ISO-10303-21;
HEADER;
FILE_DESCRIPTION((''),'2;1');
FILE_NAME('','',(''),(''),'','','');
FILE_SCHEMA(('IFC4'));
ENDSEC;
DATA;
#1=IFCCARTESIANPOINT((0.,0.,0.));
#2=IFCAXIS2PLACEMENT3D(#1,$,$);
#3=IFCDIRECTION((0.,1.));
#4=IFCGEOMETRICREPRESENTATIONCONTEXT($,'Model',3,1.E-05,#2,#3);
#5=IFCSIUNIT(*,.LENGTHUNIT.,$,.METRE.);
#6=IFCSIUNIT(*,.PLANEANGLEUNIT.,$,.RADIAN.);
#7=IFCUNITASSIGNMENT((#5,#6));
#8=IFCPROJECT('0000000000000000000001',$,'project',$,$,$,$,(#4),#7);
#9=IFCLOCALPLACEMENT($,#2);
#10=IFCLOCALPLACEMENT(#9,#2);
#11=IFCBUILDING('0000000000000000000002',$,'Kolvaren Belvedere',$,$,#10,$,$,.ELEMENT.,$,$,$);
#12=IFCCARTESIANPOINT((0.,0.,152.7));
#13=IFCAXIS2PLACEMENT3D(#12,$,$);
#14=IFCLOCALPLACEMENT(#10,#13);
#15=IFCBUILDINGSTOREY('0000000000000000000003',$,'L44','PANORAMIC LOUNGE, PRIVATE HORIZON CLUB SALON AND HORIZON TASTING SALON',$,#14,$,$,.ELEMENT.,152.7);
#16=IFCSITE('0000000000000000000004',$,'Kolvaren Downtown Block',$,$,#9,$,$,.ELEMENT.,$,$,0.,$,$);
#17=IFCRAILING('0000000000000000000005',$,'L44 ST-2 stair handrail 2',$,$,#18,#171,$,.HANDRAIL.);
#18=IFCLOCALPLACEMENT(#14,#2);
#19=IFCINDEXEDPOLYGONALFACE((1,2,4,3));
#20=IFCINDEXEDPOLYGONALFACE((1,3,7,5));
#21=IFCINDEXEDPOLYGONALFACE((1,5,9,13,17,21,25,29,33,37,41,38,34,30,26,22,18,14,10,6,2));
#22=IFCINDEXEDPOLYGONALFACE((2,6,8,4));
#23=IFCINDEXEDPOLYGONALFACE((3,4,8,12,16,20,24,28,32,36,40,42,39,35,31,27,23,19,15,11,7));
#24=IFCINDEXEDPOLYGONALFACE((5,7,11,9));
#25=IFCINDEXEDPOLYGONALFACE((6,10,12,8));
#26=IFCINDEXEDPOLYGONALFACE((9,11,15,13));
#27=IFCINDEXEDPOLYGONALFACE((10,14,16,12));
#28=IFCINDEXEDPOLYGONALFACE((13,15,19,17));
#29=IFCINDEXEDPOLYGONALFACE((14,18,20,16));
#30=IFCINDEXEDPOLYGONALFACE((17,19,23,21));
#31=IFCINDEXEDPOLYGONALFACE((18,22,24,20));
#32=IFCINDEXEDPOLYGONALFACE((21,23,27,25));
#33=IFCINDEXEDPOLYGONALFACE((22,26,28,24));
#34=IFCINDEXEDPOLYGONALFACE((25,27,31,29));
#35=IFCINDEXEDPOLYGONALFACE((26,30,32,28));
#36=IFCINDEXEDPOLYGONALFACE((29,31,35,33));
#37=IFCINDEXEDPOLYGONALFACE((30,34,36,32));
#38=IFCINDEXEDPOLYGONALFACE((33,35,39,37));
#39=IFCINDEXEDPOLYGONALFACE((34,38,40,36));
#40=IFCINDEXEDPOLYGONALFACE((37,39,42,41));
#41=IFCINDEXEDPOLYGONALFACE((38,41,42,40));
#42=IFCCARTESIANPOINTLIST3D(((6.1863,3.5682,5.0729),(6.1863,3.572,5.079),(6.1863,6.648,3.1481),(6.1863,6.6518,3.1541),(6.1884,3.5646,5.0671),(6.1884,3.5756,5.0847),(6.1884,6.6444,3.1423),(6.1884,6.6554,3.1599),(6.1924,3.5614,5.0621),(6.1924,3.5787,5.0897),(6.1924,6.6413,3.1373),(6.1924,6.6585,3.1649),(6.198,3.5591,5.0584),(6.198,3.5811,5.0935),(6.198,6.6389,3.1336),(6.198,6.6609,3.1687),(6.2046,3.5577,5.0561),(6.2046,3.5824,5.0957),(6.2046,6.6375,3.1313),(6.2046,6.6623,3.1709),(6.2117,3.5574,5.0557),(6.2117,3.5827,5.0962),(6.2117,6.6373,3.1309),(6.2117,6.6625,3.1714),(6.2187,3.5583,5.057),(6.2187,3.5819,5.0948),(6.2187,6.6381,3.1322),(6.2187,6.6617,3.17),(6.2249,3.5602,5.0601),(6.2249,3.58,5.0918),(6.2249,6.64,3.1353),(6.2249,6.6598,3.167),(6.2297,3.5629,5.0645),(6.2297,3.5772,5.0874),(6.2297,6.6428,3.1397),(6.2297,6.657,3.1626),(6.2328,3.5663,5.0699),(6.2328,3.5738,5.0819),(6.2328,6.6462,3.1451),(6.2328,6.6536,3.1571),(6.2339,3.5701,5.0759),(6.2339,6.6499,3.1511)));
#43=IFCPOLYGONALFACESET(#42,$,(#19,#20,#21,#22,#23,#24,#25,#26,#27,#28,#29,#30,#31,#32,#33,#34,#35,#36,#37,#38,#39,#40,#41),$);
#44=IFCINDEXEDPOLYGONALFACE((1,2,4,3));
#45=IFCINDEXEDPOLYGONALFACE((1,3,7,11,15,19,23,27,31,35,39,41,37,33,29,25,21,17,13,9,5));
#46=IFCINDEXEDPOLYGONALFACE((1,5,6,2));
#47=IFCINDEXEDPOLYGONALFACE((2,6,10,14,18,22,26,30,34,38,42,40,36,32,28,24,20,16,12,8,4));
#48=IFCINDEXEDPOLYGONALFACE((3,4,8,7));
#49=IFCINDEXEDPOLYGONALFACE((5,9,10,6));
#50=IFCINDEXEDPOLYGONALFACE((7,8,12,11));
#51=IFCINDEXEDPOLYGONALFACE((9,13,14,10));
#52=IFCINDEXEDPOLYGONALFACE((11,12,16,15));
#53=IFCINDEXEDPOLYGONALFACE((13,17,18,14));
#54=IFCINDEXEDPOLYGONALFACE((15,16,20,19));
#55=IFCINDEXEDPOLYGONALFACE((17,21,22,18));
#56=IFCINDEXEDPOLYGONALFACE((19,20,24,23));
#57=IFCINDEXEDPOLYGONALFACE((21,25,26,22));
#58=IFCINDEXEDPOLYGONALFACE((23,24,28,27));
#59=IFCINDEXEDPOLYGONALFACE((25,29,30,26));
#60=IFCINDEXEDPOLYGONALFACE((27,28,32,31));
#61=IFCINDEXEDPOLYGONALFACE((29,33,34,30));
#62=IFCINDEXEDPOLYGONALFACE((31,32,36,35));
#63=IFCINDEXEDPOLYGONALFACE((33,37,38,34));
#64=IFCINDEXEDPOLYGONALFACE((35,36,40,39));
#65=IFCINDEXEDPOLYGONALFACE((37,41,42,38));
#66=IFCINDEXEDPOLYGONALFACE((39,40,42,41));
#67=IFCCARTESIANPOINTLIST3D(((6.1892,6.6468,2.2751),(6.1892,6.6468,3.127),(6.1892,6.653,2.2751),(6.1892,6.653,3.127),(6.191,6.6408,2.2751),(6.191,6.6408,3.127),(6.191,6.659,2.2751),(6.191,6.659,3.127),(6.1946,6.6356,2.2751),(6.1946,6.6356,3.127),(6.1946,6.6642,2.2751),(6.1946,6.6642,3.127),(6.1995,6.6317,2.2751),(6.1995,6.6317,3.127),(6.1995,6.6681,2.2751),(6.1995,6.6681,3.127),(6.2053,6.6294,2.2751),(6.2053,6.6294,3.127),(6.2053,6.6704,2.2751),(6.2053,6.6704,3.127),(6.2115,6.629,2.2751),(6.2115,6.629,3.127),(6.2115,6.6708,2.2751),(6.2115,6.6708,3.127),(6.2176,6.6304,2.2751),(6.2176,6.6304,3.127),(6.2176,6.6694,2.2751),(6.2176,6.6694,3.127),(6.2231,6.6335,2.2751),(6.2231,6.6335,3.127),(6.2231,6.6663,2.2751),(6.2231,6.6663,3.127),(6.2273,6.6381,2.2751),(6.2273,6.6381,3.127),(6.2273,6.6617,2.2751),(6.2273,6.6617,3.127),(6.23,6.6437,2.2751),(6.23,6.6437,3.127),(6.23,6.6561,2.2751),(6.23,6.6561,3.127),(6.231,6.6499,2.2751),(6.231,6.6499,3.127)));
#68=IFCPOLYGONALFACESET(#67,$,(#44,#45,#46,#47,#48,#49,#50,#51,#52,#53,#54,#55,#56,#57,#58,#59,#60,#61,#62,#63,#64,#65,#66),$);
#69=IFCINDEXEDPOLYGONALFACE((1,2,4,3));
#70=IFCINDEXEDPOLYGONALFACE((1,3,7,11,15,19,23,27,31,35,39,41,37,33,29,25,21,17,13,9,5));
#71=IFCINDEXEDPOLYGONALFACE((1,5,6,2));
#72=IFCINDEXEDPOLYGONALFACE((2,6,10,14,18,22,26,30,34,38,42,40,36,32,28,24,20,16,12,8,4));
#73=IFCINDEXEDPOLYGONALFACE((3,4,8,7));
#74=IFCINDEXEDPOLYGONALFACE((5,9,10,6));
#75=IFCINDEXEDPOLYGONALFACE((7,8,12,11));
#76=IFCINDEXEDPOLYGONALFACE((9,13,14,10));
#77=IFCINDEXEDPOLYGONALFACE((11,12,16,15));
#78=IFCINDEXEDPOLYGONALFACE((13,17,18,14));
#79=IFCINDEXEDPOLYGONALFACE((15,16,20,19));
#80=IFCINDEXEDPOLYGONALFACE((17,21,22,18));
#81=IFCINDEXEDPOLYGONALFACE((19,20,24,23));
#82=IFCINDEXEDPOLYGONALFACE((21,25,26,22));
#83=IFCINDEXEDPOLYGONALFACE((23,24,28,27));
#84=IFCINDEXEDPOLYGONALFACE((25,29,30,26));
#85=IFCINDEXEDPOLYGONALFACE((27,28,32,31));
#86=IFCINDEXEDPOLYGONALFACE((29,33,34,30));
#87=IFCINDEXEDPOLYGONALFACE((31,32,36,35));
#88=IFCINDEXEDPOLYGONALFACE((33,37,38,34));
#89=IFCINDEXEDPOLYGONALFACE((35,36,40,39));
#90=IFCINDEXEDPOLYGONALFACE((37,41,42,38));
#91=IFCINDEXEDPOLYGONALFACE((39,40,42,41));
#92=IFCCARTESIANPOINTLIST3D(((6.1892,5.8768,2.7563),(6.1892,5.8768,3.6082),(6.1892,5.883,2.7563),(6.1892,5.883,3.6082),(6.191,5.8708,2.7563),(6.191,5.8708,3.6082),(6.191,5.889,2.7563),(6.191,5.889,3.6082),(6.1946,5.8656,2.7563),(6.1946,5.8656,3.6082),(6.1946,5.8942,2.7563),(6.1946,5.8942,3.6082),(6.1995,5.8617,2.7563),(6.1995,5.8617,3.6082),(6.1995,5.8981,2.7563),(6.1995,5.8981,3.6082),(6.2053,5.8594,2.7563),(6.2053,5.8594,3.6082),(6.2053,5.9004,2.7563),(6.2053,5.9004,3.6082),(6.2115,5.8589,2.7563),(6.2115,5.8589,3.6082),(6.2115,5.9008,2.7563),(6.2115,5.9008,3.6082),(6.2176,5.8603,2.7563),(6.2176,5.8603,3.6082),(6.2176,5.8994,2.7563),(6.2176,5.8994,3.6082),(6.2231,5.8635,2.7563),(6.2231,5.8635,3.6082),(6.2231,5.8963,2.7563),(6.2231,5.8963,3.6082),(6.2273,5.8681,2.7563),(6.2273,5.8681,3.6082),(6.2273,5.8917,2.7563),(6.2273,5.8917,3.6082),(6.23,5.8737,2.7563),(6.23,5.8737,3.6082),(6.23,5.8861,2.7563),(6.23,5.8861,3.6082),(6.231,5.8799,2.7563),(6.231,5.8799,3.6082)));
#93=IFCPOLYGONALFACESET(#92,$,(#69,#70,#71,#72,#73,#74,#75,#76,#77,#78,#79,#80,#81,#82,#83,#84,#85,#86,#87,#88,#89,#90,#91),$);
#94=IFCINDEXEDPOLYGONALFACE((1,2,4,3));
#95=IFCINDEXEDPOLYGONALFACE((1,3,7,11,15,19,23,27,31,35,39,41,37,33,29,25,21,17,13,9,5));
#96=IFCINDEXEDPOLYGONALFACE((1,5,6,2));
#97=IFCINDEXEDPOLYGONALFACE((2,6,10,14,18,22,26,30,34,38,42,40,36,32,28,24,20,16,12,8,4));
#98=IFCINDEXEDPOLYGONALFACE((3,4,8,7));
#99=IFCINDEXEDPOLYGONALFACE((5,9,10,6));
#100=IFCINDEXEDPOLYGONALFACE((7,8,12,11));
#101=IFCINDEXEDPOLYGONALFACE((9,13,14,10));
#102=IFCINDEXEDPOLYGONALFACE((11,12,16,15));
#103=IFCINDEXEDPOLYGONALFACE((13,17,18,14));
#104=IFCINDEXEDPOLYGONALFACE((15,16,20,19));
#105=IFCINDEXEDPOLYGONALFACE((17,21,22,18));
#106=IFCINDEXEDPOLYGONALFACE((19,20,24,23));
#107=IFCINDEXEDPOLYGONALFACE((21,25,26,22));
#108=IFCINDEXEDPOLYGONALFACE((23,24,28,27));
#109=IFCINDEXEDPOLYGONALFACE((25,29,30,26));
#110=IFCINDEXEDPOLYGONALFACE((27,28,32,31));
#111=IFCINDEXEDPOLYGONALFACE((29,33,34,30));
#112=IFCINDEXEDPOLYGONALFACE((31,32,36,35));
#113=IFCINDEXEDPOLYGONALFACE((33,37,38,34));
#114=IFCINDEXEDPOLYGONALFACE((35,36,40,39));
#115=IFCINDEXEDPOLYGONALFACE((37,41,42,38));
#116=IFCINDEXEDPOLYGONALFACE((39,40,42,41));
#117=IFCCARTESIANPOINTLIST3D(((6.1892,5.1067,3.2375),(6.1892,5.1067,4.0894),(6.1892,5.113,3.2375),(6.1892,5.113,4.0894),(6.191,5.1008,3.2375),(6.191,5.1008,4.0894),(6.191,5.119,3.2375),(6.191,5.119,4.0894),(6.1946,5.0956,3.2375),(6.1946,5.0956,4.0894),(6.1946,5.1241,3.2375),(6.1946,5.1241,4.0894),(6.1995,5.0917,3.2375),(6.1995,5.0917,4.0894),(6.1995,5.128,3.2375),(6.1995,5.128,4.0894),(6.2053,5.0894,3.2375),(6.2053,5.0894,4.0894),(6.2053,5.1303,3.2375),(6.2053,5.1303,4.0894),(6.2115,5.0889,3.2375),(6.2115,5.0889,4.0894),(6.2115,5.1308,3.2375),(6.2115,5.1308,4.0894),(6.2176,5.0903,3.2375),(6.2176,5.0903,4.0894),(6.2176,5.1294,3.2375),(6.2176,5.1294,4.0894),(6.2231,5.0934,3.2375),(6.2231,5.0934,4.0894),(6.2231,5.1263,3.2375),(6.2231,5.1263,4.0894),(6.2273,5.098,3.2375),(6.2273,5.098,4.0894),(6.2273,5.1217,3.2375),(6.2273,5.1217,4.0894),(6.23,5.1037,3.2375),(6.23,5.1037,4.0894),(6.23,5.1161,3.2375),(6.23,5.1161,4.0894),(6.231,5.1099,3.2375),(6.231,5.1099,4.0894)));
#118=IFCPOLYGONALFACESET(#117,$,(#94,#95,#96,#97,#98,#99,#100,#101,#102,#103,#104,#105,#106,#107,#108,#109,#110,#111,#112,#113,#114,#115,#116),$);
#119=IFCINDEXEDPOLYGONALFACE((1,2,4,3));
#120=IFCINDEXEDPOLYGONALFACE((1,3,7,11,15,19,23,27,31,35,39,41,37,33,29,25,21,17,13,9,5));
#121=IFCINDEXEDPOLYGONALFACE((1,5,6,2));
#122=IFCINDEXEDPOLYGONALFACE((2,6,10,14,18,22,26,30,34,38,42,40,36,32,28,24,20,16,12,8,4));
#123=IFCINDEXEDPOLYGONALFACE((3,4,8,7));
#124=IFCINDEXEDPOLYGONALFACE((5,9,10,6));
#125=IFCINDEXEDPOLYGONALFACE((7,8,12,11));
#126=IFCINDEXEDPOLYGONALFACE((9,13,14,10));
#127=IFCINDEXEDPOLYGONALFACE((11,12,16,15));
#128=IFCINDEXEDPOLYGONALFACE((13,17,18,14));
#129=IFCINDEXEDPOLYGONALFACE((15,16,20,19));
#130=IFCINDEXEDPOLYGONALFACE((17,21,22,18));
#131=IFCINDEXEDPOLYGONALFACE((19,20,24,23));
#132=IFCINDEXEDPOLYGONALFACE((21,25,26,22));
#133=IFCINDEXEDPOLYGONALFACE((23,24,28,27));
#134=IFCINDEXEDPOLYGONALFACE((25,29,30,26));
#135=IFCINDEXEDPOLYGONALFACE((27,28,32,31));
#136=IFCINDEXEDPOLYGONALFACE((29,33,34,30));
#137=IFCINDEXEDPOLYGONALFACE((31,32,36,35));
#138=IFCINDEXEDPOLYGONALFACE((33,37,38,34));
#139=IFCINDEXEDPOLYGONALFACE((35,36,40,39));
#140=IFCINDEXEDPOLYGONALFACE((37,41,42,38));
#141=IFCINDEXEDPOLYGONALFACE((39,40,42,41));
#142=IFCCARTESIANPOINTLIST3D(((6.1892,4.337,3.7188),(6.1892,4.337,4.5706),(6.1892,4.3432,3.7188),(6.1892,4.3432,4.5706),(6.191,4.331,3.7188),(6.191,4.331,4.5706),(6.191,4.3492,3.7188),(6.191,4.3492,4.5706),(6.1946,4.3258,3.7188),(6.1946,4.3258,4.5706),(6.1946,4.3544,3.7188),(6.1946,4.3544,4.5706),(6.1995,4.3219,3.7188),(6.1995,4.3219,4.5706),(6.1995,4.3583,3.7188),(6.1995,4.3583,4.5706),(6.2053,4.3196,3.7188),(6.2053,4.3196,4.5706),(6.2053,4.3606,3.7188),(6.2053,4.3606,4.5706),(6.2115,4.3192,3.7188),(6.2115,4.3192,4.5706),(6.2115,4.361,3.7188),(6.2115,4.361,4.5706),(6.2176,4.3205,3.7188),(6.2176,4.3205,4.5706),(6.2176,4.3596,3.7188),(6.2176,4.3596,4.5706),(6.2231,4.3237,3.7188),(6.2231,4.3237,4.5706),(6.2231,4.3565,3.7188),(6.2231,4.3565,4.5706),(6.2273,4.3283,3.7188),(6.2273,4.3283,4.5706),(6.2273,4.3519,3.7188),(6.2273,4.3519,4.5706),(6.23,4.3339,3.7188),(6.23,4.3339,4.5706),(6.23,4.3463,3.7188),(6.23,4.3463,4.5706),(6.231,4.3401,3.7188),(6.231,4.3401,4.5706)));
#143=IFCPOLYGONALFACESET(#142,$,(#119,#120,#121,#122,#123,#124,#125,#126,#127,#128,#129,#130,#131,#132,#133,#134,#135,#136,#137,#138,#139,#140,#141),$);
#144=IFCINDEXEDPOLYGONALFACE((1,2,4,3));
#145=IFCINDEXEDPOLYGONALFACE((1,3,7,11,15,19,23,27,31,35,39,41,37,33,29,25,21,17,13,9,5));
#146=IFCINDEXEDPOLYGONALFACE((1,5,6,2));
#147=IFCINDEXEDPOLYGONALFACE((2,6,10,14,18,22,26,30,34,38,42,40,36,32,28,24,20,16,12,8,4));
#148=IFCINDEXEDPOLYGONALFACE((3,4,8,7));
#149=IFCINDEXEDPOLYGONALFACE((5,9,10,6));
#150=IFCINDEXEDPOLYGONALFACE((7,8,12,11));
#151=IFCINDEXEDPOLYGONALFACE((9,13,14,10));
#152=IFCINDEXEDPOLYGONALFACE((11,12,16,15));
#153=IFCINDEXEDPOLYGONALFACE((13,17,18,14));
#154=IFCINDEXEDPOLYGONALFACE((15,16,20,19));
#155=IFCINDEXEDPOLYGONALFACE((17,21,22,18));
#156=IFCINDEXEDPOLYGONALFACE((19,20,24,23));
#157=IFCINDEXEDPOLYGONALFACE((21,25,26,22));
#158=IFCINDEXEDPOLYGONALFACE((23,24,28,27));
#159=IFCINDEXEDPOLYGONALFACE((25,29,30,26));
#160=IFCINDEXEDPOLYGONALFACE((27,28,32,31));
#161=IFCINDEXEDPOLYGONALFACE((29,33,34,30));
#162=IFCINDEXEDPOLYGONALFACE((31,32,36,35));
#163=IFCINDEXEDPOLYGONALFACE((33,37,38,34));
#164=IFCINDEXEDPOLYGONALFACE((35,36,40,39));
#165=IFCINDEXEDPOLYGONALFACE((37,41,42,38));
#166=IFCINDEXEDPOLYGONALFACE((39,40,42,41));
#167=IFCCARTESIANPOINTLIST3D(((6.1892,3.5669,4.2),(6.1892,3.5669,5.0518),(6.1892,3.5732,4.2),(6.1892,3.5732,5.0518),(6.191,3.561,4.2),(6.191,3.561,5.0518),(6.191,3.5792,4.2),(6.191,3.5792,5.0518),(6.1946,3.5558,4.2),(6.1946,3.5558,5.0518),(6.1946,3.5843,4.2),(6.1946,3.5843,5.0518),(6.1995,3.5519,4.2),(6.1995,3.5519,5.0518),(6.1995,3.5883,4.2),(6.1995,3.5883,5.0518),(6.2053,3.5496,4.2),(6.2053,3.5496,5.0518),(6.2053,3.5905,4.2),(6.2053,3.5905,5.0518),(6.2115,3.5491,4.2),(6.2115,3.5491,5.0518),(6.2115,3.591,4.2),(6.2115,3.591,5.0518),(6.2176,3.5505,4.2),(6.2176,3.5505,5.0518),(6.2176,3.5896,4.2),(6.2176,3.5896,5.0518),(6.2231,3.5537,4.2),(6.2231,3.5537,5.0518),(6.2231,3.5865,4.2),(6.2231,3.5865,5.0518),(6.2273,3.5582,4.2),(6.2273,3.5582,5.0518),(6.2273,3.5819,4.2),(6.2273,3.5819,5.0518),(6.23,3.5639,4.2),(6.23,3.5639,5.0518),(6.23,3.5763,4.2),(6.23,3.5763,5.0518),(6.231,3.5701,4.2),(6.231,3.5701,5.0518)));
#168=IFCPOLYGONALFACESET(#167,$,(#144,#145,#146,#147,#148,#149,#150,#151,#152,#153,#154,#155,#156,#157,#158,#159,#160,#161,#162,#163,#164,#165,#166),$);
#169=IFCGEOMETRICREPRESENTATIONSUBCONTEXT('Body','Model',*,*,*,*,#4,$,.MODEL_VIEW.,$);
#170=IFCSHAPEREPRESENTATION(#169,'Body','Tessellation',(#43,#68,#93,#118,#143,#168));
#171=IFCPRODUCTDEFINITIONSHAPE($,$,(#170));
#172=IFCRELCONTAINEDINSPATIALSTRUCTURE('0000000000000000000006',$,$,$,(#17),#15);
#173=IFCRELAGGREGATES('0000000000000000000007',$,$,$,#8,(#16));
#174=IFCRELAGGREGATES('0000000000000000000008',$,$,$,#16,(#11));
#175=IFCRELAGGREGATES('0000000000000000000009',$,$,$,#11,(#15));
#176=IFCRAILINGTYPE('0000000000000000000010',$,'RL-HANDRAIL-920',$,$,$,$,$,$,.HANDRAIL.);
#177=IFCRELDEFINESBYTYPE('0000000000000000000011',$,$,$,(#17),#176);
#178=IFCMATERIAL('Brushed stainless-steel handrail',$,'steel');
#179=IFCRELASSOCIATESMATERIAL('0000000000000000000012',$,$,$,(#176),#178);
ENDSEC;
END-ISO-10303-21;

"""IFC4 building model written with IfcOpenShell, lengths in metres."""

from ifc_helpers import new_model, si_unit, direction, frame, origin, origin_2d, place, context, subcontext, project, spatial, circle, extrude, material, type_object, element, save


model = new_model("IFC4")

# Units and contexts
model_context = context("Model", 3, precision=1e-05, world=origin(), true_north=direction((0.0, 1.0)))
body_context = subcontext(model_context, "Body", "Model", "MODEL_VIEW")
ifc_project = project(units=[si_unit("LENGTHUNIT", "METRE"), si_unit("PLANEANGLEUNIT", "RADIAN")], contexts=[model_context])

# Site, building, storey
site_placement = place(None, origin())
site = spatial("IfcSite", under=ifc_project, at=site_placement, Name="Kolvaren Downtown Block", CompositionType="ELEMENT", RefElevation=0.0)
building_placement = place(site_placement, origin())
building = spatial("IfcBuilding", under=site, at=building_placement, Name="Kolvaren Belvedere", CompositionType="ELEMENT")
storey_placement = place(building_placement, frame((0.0, 0.0, 152.7)))
storey = spatial("IfcBuildingStorey", under=building, at=storey_placement, Name="L44", Description="PANORAMIC LOUNGE, PRIVATE HORIZON CLUB SALON AND HORIZON TASTING SALON", CompositionType="ELEMENT", Elevation=152.7)

# Railing
ifc_material_1 = material(Name="Brushed stainless-steel handrail", Category="steel")
railing_type_1 = type_object("IfcRailingType", Name="RL-HANDRAIL-920", PredefinedType="HANDRAIL", material=ifc_material_1)
railing_1_placement = place(storey_placement, frame((6.21, 6.6499, 2.2751)))
element("IfcRailing", 1, at=railing_1_placement, inside=storey, type_object=railing_type_1, Name="L44 ST-2 stair handrail 2", PredefinedType="HANDRAIL", context=body_context, shape_type="SweptSolid", body=[
    extrude(circle(Radius=0.0239, at=origin_2d()), frame((0.0, 0.0, 0.876), z_axis=(0.0, -0.84801, 0.529981), x_axis=(1.0, 0.0, 0.0)), (0.0, 0.0, 1.0), 3.6318),
    extrude(circle(Radius=0.021, at=origin_2d()), origin(), (0.0, 0.0, 1.0), 0.8518),
    extrude(circle(Radius=0.021, at=origin_2d()), frame((0.0, -0.77, 0.4812)), (0.0, 0.0, 1.0), 0.8518),
    extrude(circle(Radius=0.021, at=origin_2d()), frame((0.0, -1.54, 0.9624)), (0.0, 0.0, 1.0), 0.8518),
    extrude(circle(Radius=0.021, at=origin_2d()), frame((0.0, -2.3098, 1.4436)), (0.0, 0.0, 1.0), 0.8518),
    extrude(circle(Radius=0.021, at=origin_2d()), frame((0.0, -3.0798, 1.9248)), (0.0, 0.0, 1.0), 0.8518),
])

save(model, "model.ifc")
